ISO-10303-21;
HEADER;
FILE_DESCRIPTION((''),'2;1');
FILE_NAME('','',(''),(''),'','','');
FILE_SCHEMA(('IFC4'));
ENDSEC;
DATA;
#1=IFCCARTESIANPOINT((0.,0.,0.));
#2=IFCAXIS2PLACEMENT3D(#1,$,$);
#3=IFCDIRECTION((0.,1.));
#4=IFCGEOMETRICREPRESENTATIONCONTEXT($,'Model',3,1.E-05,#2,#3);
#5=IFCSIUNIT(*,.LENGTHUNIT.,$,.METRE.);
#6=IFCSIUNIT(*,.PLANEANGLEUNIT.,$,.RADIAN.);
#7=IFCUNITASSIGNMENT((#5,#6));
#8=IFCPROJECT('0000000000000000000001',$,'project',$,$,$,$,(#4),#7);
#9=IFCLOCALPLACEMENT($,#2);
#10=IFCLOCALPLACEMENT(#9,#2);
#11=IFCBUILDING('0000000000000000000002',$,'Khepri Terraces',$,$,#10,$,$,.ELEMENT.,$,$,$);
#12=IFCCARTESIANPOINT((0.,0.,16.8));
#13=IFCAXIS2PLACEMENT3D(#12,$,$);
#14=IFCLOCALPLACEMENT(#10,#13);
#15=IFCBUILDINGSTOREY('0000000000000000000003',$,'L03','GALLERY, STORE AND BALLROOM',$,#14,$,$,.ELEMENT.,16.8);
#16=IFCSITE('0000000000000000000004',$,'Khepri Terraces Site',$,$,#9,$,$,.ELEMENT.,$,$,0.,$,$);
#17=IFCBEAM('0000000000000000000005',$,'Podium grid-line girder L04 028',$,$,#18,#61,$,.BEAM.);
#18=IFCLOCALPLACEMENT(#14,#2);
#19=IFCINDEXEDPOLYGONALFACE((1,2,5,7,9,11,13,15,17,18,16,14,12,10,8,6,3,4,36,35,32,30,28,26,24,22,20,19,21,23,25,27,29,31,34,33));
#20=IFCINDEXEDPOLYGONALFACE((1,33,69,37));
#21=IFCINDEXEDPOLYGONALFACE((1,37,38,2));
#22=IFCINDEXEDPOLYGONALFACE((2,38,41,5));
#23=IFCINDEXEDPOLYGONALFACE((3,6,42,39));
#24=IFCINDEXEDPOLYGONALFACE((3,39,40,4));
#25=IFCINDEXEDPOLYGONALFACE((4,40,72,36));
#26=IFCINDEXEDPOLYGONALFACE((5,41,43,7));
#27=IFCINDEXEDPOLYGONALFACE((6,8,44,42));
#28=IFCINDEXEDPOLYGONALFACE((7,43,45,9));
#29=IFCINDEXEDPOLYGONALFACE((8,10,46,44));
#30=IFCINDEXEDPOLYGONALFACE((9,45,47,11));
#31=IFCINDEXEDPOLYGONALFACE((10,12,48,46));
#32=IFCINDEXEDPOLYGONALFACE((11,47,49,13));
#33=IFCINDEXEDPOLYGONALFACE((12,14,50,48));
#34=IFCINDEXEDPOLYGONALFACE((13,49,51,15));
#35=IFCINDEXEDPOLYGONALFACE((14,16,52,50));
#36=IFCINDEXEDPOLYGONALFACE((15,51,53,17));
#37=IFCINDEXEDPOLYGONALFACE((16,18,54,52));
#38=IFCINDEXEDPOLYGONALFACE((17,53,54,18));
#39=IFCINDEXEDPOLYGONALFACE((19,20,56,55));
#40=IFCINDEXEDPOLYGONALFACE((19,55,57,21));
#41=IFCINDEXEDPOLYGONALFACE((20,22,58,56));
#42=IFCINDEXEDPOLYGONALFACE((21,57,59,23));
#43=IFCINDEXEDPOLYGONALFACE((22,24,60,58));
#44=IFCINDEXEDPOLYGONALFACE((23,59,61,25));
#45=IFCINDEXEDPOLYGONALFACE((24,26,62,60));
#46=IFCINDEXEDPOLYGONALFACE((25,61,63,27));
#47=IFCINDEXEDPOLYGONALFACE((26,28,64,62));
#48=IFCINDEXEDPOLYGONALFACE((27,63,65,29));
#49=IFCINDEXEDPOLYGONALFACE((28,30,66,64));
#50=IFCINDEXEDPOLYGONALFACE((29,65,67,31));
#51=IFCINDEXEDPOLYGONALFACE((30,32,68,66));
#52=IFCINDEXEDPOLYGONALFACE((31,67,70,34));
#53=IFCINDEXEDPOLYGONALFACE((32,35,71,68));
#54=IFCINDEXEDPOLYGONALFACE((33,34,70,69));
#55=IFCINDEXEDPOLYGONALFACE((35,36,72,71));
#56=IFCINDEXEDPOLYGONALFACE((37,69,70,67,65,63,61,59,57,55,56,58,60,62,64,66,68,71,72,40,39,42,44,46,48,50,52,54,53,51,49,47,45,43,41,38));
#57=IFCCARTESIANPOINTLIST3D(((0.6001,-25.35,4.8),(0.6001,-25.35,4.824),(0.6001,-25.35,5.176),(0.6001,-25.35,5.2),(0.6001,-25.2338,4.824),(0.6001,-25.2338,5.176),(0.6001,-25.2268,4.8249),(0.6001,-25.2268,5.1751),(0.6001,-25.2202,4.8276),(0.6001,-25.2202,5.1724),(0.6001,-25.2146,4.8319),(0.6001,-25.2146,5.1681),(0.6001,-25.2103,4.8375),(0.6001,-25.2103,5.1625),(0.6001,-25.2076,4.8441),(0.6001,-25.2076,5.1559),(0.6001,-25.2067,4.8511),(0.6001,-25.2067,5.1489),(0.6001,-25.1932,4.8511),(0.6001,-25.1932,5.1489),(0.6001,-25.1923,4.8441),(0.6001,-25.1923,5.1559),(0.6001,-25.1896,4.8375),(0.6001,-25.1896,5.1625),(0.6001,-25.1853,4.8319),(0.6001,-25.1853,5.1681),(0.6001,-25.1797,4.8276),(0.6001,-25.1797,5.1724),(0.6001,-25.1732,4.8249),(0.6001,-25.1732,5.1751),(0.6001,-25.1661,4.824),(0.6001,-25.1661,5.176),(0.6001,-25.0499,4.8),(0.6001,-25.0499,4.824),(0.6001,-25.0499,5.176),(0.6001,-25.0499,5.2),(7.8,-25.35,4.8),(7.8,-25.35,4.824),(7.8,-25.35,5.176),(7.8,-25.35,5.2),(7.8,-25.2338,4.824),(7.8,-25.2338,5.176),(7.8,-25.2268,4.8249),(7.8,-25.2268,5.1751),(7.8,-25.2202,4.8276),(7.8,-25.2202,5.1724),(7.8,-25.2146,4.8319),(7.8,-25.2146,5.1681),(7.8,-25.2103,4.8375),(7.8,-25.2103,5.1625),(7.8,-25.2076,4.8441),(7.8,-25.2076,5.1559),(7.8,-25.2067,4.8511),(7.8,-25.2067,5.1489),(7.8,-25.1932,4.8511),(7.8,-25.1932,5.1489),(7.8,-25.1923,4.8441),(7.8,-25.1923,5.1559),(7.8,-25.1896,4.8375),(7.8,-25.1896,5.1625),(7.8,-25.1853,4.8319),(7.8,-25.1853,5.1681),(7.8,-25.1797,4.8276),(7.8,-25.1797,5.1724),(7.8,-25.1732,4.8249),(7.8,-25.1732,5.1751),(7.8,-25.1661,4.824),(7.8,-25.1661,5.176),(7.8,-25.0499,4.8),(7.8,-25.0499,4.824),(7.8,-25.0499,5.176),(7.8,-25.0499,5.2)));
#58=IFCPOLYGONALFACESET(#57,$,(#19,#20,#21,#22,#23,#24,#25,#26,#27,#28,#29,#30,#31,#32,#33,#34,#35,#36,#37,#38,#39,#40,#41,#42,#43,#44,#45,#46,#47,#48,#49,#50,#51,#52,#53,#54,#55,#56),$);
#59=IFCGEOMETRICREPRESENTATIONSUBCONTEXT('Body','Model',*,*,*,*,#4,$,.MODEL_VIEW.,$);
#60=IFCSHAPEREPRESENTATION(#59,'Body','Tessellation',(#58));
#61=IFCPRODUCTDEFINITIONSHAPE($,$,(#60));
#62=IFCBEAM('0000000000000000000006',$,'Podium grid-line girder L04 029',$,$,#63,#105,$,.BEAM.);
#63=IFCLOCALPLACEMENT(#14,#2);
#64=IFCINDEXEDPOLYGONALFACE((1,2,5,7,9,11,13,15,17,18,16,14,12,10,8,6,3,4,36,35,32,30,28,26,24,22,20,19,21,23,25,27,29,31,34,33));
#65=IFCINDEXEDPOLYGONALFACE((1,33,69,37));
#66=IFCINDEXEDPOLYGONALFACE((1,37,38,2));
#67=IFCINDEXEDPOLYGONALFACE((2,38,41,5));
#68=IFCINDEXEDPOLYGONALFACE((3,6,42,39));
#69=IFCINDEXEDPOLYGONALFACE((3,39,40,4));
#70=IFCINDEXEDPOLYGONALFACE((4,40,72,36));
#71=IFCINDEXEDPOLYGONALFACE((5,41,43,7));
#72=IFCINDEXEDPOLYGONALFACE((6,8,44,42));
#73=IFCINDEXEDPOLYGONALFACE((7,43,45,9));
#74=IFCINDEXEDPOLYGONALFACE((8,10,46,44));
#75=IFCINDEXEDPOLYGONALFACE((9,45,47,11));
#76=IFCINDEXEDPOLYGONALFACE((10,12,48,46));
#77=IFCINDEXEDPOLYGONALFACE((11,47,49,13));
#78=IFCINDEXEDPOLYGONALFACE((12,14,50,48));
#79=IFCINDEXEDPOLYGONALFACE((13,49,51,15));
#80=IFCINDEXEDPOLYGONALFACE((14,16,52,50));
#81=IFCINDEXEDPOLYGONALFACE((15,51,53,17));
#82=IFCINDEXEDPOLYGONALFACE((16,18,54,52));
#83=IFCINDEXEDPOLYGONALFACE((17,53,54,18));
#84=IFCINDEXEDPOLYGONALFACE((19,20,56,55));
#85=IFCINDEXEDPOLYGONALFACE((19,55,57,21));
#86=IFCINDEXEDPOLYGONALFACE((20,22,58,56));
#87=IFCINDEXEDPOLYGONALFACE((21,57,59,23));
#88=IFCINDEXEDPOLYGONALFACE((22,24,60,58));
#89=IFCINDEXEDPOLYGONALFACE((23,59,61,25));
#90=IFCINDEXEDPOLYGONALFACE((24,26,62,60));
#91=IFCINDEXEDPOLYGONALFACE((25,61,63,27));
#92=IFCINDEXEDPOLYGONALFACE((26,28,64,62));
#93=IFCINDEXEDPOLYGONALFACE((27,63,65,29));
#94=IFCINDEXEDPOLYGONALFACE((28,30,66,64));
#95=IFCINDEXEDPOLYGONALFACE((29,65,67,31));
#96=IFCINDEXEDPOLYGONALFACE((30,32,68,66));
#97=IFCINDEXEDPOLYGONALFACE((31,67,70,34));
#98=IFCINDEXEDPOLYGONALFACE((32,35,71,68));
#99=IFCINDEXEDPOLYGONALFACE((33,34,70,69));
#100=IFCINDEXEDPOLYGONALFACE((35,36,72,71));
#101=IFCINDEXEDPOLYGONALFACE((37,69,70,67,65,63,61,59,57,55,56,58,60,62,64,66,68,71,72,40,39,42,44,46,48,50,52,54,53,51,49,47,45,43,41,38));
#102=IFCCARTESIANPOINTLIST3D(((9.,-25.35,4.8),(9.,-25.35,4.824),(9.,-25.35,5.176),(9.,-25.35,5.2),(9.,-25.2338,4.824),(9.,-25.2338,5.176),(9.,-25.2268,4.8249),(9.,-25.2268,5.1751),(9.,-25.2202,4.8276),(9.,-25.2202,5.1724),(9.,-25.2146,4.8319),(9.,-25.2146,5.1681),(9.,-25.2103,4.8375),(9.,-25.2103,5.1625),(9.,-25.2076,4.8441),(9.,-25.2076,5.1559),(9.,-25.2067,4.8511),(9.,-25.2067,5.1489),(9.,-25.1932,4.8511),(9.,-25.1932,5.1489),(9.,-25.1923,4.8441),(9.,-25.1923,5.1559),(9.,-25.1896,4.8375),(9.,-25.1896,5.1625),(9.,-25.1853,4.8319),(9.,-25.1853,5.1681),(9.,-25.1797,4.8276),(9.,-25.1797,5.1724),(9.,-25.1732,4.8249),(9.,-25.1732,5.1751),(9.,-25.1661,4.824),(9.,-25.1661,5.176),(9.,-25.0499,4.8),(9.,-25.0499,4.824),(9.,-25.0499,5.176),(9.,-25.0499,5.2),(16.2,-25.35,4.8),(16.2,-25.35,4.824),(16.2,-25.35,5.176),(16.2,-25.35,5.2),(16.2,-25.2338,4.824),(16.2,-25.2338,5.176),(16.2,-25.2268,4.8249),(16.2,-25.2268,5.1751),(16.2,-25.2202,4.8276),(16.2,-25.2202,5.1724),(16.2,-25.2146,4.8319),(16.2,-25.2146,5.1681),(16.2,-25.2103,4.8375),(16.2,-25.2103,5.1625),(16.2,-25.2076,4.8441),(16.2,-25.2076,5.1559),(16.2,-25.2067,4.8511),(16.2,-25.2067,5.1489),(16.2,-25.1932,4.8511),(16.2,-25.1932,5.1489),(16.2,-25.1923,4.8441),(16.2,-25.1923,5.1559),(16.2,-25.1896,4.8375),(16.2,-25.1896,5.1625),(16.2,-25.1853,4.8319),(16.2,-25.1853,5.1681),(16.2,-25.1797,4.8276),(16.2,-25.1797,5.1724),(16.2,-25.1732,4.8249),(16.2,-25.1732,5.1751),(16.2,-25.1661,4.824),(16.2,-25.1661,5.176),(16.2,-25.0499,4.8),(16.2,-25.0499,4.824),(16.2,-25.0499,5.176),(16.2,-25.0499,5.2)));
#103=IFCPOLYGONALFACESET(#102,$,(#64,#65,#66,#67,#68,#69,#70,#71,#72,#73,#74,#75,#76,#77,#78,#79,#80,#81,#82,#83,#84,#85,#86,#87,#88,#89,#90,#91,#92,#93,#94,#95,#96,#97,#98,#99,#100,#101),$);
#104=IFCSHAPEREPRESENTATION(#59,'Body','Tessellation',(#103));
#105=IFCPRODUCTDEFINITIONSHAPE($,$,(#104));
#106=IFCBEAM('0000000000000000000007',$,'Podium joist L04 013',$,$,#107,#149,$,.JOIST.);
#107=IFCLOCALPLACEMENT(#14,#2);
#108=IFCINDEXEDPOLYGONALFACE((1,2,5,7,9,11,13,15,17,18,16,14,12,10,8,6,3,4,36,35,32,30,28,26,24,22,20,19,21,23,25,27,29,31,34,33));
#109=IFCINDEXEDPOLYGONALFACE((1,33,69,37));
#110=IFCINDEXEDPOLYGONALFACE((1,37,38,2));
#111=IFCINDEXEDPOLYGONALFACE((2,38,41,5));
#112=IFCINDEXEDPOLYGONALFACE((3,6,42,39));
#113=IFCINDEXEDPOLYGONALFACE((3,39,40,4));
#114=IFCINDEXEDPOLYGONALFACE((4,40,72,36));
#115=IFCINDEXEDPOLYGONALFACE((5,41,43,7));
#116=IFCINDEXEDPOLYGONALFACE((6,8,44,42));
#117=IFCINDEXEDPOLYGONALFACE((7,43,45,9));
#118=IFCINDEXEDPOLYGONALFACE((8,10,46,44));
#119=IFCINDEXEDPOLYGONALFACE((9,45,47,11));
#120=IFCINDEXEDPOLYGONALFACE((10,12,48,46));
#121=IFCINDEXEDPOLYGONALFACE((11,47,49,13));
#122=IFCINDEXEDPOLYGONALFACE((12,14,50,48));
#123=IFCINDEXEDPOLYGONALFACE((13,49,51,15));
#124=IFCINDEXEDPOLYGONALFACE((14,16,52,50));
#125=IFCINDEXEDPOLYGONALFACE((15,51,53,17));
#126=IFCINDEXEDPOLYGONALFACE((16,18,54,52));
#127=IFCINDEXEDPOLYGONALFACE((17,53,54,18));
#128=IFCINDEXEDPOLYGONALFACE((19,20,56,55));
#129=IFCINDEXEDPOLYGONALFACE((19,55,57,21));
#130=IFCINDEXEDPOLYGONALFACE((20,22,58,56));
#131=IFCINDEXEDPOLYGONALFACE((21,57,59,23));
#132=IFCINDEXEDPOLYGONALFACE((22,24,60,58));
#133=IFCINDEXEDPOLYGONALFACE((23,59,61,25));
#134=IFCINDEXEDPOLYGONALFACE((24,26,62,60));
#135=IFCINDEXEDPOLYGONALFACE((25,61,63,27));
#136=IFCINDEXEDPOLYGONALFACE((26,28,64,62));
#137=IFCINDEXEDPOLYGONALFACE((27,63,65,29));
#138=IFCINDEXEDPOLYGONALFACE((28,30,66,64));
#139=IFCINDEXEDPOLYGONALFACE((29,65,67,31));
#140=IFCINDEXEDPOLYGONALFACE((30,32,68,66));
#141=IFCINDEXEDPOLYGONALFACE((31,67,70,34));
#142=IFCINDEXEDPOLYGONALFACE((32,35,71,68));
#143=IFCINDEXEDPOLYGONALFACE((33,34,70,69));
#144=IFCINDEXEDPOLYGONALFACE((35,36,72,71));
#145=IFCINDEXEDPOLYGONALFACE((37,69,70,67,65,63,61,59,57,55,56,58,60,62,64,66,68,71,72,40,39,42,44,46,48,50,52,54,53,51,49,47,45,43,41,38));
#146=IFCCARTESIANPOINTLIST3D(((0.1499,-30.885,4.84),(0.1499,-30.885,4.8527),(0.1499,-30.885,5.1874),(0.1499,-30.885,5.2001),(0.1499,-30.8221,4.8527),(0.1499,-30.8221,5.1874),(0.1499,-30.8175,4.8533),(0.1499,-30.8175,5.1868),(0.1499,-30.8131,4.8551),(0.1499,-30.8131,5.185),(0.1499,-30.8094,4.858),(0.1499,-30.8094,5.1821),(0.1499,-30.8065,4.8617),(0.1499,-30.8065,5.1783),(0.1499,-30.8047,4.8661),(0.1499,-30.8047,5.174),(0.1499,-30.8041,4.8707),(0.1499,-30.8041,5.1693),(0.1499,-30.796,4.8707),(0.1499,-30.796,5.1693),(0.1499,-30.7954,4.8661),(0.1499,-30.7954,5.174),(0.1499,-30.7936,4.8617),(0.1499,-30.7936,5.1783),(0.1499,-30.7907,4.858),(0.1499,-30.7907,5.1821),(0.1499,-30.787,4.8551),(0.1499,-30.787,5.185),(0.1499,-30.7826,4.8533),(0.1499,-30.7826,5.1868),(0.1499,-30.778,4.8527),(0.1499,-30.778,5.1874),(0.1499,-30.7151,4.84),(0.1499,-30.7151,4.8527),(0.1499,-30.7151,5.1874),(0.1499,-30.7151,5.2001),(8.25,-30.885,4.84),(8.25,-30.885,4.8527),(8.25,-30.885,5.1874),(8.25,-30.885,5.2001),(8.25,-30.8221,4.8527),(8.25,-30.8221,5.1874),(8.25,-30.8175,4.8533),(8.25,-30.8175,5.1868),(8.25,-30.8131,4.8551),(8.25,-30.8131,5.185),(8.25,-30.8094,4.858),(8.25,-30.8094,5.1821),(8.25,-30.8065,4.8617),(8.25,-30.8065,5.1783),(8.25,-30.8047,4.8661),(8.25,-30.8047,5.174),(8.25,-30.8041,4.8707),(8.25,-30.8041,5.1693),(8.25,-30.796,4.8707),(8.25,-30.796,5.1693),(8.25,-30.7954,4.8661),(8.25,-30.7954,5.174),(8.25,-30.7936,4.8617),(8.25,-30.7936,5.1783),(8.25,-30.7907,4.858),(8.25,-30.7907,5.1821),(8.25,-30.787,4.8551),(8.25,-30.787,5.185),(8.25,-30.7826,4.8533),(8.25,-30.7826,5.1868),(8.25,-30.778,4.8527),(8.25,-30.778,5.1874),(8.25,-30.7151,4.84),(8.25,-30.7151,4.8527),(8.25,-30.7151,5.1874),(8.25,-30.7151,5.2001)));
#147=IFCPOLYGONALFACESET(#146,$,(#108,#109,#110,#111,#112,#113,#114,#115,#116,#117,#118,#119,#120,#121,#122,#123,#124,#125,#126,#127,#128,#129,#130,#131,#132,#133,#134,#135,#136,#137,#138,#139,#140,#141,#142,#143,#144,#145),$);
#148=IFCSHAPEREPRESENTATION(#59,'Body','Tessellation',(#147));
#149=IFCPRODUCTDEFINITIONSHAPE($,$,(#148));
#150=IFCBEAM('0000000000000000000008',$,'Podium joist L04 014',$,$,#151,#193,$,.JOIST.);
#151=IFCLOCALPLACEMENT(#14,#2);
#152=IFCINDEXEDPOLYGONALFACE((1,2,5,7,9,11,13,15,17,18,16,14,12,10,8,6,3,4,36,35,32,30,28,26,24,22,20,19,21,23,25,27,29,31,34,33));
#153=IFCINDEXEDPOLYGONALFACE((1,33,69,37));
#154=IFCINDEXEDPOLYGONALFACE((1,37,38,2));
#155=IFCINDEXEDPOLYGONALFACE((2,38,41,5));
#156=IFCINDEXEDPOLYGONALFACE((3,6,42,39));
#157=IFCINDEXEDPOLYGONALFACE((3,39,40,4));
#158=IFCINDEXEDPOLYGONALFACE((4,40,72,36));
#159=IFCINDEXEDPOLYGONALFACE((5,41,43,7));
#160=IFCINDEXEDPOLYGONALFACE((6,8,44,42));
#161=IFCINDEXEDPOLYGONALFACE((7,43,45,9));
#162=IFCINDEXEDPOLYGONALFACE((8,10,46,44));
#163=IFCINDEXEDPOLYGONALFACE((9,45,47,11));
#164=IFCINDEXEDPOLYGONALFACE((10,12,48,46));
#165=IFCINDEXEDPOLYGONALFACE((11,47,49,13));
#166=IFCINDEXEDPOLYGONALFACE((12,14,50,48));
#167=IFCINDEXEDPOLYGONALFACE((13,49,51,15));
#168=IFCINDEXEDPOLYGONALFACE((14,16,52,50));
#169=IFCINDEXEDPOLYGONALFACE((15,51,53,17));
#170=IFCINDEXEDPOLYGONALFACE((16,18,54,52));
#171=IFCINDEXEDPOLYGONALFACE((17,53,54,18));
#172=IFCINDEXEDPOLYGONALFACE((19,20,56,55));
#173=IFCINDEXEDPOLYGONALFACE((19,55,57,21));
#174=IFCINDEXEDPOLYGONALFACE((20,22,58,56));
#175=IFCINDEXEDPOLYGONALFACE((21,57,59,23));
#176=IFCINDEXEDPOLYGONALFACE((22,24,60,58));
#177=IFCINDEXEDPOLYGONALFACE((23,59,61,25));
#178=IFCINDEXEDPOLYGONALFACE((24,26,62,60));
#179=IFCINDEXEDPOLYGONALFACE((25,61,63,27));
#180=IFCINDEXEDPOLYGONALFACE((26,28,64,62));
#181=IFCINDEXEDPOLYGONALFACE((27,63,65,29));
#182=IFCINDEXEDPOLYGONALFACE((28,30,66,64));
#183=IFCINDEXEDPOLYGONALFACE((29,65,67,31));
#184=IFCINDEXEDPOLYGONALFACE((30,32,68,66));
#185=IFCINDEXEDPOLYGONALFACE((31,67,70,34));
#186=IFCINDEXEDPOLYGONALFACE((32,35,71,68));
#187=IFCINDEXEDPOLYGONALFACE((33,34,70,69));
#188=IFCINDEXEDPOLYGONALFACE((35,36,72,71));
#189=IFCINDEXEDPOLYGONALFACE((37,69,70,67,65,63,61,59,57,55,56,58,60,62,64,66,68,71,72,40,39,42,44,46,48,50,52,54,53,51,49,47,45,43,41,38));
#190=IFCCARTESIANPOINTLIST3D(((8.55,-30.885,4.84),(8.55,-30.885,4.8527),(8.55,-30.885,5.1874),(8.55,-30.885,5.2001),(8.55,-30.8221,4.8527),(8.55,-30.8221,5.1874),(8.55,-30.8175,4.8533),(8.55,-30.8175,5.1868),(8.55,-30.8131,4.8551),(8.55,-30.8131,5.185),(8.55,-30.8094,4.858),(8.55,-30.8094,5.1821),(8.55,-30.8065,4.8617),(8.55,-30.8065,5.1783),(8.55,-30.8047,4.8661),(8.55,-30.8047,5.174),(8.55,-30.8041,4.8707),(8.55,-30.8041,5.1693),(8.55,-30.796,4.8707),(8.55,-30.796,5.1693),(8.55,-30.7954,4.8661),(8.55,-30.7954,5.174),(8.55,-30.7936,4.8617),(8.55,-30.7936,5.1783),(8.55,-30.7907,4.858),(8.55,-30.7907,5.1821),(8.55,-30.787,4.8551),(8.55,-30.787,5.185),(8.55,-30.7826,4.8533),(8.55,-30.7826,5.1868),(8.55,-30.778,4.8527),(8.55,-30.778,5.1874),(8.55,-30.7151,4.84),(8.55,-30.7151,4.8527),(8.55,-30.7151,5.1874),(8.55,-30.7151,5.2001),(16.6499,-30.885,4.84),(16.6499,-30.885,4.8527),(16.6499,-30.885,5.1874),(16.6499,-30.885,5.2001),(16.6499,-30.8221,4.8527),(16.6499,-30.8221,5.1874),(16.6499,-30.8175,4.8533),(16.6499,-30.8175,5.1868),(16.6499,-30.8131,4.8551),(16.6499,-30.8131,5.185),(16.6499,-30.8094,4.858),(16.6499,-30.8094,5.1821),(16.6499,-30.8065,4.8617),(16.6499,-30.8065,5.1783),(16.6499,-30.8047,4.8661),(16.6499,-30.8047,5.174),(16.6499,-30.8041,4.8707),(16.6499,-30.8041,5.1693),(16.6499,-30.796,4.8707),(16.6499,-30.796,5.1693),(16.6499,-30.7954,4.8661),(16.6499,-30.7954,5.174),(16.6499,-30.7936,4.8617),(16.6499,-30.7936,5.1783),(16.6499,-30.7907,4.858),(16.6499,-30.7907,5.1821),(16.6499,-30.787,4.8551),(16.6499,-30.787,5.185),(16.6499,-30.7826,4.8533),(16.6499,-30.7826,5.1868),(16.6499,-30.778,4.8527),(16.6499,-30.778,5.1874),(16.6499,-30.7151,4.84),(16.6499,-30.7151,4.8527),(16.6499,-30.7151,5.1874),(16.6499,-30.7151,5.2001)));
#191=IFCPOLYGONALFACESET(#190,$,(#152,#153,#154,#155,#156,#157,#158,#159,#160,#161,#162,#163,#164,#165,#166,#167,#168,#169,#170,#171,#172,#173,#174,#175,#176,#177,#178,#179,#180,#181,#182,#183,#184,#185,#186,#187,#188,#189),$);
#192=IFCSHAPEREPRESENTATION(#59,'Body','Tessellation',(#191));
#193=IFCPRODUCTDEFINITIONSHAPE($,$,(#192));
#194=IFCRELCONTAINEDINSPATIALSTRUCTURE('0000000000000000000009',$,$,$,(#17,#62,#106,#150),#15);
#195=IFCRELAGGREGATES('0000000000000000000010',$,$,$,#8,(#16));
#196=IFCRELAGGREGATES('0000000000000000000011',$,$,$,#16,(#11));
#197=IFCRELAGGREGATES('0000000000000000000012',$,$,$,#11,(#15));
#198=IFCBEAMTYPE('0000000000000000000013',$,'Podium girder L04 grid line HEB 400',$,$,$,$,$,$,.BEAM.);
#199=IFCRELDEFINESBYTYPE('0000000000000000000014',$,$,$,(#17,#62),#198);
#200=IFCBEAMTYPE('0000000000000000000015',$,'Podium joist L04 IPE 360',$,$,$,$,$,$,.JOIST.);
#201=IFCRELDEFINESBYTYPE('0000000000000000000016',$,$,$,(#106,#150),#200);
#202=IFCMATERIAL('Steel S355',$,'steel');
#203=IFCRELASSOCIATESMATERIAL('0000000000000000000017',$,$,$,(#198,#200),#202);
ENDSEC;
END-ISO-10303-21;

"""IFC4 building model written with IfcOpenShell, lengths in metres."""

from ifc_helpers import new_model, si_unit, direction, frame, origin, origin_2d, place, context, subcontext, project, spatial, i_section, extrude, material, material_profile, profile_set, type_object, element, save


model = new_model("IFC4")

# Units and contexts
model_context = context("Model", 3, precision=1e-05, world=origin(), true_north=direction((0.0, 1.0)))
body_context = subcontext(model_context, "Body", "Model", "MODEL_VIEW")
ifc_project = project(units=[si_unit("LENGTHUNIT", "METRE"), si_unit("PLANEANGLEUNIT", "RADIAN")], contexts=[model_context])

# Site, building, storey
site_placement = place(None, origin())
site = spatial("IfcSite", under=ifc_project, at=site_placement, Name="Khepri Terraces Site", CompositionType="ELEMENT", RefElevation=0.0)
building_placement = place(site_placement, origin())
building = spatial("IfcBuilding", under=site, at=building_placement, Name="Khepri Terraces", CompositionType="ELEMENT")
storey_placement = place(building_placement, frame((0.0, 0.0, 16.8)))
storey = spatial("IfcBuildingStorey", under=building, at=storey_placement, Name="L03", Description="GALLERY, STORE AND BALLROOM", CompositionType="ELEMENT", Elevation=16.8)

# Beams
ifc_material_1 = material(Name="Steel S355", Category="steel")
ifc_material_profile_1 = material_profile(ifc_material_1, i_section(OverallWidth=0.3, OverallDepth=0.3999, WebThickness=0.0134, FlangeThickness=0.0239, FilletRadius=0.0271, at=origin_2d()), Name="Steel S355", Category="steel")
ifc_profile_set_1 = profile_set([ifc_material_profile_1], Name="Steel S355")
beam_type_1 = type_object("IfcBeamType", Name="Podium girder L04 grid line HEB 400", PredefinedType="BEAM", material=ifc_profile_set_1)
for number, where, z_axis, x_axis, name in (
    (1, (0.6001, -25.2, 5.0), (1.0, 0.0, 0.0), (0.0, 1.0, 0.0), "Podium grid-line girder L04 028"),
    (2, (9.0, -25.2, 5.0), (1.0, 0.0, 0.0), (0.0, 1.0, 0.0), "Podium grid-line girder L04 029"),
):
    element("IfcBeam", number, at=place(storey_placement, frame(where, z_axis=z_axis, x_axis=x_axis)), inside=storey, type_object=beam_type_1, Name=name, PredefinedType="BEAM", context=body_context, shape_type="SweptSolid", body=[
        extrude(i_section(OverallWidth=0.3, OverallDepth=0.3999, WebThickness=0.0134, FlangeThickness=0.0239, FilletRadius=0.0271, at=origin_2d()), origin(), (0.0, 0.0, 1.0), 7.2),
    ])
ifc_material_profile_2 = material_profile(ifc_material_1, i_section(OverallWidth=0.1699, OverallDepth=0.3601, WebThickness=0.0081, FlangeThickness=0.0127, FilletRadius=0.0181, at=origin_2d()), Name="Steel S355", Category="steel")
ifc_profile_set_2 = profile_set([ifc_material_profile_2], Name="Steel S355")
beam_type_2 = type_object("IfcBeamType", Name="Podium joist L04 IPE 360", PredefinedType="JOIST", material=ifc_profile_set_2)
beam_1_placement = place(storey_placement, frame((0.1499, -30.8, 5.02), z_axis=(1.0, 0.0, 0.0), x_axis=(0.0, 1.0, 0.0)))
element("IfcBeam", 3, at=beam_1_placement, inside=storey, type_object=beam_type_2, Name="Podium joist L04 013", PredefinedType="JOIST", context=body_context, shape_type="SweptSolid", body=[
    extrude(i_section(OverallWidth=0.1699, OverallDepth=0.3601, WebThickness=0.0081, FlangeThickness=0.0127, FilletRadius=0.0181, at=origin_2d()), origin(), (0.0, 0.0, 1.0), 8.1001),
])
beam_2_placement = place(storey_placement, frame((8.55, -30.8, 5.02), z_axis=(1.0, 0.0, 0.0), x_axis=(0.0, 1.0, 0.0)))
element("IfcBeam", 4, at=beam_2_placement, inside=storey, type_object=beam_type_2, Name="Podium joist L04 014", PredefinedType="JOIST", context=body_context, shape_type="SweptSolid", body=[
    extrude(i_section(OverallWidth=0.1699, OverallDepth=0.3601, WebThickness=0.0081, FlangeThickness=0.0127, FilletRadius=0.0181, at=origin_2d()), origin(), (0.0, 0.0, 1.0), 8.0999),
])

save(model, "model.ifc")
